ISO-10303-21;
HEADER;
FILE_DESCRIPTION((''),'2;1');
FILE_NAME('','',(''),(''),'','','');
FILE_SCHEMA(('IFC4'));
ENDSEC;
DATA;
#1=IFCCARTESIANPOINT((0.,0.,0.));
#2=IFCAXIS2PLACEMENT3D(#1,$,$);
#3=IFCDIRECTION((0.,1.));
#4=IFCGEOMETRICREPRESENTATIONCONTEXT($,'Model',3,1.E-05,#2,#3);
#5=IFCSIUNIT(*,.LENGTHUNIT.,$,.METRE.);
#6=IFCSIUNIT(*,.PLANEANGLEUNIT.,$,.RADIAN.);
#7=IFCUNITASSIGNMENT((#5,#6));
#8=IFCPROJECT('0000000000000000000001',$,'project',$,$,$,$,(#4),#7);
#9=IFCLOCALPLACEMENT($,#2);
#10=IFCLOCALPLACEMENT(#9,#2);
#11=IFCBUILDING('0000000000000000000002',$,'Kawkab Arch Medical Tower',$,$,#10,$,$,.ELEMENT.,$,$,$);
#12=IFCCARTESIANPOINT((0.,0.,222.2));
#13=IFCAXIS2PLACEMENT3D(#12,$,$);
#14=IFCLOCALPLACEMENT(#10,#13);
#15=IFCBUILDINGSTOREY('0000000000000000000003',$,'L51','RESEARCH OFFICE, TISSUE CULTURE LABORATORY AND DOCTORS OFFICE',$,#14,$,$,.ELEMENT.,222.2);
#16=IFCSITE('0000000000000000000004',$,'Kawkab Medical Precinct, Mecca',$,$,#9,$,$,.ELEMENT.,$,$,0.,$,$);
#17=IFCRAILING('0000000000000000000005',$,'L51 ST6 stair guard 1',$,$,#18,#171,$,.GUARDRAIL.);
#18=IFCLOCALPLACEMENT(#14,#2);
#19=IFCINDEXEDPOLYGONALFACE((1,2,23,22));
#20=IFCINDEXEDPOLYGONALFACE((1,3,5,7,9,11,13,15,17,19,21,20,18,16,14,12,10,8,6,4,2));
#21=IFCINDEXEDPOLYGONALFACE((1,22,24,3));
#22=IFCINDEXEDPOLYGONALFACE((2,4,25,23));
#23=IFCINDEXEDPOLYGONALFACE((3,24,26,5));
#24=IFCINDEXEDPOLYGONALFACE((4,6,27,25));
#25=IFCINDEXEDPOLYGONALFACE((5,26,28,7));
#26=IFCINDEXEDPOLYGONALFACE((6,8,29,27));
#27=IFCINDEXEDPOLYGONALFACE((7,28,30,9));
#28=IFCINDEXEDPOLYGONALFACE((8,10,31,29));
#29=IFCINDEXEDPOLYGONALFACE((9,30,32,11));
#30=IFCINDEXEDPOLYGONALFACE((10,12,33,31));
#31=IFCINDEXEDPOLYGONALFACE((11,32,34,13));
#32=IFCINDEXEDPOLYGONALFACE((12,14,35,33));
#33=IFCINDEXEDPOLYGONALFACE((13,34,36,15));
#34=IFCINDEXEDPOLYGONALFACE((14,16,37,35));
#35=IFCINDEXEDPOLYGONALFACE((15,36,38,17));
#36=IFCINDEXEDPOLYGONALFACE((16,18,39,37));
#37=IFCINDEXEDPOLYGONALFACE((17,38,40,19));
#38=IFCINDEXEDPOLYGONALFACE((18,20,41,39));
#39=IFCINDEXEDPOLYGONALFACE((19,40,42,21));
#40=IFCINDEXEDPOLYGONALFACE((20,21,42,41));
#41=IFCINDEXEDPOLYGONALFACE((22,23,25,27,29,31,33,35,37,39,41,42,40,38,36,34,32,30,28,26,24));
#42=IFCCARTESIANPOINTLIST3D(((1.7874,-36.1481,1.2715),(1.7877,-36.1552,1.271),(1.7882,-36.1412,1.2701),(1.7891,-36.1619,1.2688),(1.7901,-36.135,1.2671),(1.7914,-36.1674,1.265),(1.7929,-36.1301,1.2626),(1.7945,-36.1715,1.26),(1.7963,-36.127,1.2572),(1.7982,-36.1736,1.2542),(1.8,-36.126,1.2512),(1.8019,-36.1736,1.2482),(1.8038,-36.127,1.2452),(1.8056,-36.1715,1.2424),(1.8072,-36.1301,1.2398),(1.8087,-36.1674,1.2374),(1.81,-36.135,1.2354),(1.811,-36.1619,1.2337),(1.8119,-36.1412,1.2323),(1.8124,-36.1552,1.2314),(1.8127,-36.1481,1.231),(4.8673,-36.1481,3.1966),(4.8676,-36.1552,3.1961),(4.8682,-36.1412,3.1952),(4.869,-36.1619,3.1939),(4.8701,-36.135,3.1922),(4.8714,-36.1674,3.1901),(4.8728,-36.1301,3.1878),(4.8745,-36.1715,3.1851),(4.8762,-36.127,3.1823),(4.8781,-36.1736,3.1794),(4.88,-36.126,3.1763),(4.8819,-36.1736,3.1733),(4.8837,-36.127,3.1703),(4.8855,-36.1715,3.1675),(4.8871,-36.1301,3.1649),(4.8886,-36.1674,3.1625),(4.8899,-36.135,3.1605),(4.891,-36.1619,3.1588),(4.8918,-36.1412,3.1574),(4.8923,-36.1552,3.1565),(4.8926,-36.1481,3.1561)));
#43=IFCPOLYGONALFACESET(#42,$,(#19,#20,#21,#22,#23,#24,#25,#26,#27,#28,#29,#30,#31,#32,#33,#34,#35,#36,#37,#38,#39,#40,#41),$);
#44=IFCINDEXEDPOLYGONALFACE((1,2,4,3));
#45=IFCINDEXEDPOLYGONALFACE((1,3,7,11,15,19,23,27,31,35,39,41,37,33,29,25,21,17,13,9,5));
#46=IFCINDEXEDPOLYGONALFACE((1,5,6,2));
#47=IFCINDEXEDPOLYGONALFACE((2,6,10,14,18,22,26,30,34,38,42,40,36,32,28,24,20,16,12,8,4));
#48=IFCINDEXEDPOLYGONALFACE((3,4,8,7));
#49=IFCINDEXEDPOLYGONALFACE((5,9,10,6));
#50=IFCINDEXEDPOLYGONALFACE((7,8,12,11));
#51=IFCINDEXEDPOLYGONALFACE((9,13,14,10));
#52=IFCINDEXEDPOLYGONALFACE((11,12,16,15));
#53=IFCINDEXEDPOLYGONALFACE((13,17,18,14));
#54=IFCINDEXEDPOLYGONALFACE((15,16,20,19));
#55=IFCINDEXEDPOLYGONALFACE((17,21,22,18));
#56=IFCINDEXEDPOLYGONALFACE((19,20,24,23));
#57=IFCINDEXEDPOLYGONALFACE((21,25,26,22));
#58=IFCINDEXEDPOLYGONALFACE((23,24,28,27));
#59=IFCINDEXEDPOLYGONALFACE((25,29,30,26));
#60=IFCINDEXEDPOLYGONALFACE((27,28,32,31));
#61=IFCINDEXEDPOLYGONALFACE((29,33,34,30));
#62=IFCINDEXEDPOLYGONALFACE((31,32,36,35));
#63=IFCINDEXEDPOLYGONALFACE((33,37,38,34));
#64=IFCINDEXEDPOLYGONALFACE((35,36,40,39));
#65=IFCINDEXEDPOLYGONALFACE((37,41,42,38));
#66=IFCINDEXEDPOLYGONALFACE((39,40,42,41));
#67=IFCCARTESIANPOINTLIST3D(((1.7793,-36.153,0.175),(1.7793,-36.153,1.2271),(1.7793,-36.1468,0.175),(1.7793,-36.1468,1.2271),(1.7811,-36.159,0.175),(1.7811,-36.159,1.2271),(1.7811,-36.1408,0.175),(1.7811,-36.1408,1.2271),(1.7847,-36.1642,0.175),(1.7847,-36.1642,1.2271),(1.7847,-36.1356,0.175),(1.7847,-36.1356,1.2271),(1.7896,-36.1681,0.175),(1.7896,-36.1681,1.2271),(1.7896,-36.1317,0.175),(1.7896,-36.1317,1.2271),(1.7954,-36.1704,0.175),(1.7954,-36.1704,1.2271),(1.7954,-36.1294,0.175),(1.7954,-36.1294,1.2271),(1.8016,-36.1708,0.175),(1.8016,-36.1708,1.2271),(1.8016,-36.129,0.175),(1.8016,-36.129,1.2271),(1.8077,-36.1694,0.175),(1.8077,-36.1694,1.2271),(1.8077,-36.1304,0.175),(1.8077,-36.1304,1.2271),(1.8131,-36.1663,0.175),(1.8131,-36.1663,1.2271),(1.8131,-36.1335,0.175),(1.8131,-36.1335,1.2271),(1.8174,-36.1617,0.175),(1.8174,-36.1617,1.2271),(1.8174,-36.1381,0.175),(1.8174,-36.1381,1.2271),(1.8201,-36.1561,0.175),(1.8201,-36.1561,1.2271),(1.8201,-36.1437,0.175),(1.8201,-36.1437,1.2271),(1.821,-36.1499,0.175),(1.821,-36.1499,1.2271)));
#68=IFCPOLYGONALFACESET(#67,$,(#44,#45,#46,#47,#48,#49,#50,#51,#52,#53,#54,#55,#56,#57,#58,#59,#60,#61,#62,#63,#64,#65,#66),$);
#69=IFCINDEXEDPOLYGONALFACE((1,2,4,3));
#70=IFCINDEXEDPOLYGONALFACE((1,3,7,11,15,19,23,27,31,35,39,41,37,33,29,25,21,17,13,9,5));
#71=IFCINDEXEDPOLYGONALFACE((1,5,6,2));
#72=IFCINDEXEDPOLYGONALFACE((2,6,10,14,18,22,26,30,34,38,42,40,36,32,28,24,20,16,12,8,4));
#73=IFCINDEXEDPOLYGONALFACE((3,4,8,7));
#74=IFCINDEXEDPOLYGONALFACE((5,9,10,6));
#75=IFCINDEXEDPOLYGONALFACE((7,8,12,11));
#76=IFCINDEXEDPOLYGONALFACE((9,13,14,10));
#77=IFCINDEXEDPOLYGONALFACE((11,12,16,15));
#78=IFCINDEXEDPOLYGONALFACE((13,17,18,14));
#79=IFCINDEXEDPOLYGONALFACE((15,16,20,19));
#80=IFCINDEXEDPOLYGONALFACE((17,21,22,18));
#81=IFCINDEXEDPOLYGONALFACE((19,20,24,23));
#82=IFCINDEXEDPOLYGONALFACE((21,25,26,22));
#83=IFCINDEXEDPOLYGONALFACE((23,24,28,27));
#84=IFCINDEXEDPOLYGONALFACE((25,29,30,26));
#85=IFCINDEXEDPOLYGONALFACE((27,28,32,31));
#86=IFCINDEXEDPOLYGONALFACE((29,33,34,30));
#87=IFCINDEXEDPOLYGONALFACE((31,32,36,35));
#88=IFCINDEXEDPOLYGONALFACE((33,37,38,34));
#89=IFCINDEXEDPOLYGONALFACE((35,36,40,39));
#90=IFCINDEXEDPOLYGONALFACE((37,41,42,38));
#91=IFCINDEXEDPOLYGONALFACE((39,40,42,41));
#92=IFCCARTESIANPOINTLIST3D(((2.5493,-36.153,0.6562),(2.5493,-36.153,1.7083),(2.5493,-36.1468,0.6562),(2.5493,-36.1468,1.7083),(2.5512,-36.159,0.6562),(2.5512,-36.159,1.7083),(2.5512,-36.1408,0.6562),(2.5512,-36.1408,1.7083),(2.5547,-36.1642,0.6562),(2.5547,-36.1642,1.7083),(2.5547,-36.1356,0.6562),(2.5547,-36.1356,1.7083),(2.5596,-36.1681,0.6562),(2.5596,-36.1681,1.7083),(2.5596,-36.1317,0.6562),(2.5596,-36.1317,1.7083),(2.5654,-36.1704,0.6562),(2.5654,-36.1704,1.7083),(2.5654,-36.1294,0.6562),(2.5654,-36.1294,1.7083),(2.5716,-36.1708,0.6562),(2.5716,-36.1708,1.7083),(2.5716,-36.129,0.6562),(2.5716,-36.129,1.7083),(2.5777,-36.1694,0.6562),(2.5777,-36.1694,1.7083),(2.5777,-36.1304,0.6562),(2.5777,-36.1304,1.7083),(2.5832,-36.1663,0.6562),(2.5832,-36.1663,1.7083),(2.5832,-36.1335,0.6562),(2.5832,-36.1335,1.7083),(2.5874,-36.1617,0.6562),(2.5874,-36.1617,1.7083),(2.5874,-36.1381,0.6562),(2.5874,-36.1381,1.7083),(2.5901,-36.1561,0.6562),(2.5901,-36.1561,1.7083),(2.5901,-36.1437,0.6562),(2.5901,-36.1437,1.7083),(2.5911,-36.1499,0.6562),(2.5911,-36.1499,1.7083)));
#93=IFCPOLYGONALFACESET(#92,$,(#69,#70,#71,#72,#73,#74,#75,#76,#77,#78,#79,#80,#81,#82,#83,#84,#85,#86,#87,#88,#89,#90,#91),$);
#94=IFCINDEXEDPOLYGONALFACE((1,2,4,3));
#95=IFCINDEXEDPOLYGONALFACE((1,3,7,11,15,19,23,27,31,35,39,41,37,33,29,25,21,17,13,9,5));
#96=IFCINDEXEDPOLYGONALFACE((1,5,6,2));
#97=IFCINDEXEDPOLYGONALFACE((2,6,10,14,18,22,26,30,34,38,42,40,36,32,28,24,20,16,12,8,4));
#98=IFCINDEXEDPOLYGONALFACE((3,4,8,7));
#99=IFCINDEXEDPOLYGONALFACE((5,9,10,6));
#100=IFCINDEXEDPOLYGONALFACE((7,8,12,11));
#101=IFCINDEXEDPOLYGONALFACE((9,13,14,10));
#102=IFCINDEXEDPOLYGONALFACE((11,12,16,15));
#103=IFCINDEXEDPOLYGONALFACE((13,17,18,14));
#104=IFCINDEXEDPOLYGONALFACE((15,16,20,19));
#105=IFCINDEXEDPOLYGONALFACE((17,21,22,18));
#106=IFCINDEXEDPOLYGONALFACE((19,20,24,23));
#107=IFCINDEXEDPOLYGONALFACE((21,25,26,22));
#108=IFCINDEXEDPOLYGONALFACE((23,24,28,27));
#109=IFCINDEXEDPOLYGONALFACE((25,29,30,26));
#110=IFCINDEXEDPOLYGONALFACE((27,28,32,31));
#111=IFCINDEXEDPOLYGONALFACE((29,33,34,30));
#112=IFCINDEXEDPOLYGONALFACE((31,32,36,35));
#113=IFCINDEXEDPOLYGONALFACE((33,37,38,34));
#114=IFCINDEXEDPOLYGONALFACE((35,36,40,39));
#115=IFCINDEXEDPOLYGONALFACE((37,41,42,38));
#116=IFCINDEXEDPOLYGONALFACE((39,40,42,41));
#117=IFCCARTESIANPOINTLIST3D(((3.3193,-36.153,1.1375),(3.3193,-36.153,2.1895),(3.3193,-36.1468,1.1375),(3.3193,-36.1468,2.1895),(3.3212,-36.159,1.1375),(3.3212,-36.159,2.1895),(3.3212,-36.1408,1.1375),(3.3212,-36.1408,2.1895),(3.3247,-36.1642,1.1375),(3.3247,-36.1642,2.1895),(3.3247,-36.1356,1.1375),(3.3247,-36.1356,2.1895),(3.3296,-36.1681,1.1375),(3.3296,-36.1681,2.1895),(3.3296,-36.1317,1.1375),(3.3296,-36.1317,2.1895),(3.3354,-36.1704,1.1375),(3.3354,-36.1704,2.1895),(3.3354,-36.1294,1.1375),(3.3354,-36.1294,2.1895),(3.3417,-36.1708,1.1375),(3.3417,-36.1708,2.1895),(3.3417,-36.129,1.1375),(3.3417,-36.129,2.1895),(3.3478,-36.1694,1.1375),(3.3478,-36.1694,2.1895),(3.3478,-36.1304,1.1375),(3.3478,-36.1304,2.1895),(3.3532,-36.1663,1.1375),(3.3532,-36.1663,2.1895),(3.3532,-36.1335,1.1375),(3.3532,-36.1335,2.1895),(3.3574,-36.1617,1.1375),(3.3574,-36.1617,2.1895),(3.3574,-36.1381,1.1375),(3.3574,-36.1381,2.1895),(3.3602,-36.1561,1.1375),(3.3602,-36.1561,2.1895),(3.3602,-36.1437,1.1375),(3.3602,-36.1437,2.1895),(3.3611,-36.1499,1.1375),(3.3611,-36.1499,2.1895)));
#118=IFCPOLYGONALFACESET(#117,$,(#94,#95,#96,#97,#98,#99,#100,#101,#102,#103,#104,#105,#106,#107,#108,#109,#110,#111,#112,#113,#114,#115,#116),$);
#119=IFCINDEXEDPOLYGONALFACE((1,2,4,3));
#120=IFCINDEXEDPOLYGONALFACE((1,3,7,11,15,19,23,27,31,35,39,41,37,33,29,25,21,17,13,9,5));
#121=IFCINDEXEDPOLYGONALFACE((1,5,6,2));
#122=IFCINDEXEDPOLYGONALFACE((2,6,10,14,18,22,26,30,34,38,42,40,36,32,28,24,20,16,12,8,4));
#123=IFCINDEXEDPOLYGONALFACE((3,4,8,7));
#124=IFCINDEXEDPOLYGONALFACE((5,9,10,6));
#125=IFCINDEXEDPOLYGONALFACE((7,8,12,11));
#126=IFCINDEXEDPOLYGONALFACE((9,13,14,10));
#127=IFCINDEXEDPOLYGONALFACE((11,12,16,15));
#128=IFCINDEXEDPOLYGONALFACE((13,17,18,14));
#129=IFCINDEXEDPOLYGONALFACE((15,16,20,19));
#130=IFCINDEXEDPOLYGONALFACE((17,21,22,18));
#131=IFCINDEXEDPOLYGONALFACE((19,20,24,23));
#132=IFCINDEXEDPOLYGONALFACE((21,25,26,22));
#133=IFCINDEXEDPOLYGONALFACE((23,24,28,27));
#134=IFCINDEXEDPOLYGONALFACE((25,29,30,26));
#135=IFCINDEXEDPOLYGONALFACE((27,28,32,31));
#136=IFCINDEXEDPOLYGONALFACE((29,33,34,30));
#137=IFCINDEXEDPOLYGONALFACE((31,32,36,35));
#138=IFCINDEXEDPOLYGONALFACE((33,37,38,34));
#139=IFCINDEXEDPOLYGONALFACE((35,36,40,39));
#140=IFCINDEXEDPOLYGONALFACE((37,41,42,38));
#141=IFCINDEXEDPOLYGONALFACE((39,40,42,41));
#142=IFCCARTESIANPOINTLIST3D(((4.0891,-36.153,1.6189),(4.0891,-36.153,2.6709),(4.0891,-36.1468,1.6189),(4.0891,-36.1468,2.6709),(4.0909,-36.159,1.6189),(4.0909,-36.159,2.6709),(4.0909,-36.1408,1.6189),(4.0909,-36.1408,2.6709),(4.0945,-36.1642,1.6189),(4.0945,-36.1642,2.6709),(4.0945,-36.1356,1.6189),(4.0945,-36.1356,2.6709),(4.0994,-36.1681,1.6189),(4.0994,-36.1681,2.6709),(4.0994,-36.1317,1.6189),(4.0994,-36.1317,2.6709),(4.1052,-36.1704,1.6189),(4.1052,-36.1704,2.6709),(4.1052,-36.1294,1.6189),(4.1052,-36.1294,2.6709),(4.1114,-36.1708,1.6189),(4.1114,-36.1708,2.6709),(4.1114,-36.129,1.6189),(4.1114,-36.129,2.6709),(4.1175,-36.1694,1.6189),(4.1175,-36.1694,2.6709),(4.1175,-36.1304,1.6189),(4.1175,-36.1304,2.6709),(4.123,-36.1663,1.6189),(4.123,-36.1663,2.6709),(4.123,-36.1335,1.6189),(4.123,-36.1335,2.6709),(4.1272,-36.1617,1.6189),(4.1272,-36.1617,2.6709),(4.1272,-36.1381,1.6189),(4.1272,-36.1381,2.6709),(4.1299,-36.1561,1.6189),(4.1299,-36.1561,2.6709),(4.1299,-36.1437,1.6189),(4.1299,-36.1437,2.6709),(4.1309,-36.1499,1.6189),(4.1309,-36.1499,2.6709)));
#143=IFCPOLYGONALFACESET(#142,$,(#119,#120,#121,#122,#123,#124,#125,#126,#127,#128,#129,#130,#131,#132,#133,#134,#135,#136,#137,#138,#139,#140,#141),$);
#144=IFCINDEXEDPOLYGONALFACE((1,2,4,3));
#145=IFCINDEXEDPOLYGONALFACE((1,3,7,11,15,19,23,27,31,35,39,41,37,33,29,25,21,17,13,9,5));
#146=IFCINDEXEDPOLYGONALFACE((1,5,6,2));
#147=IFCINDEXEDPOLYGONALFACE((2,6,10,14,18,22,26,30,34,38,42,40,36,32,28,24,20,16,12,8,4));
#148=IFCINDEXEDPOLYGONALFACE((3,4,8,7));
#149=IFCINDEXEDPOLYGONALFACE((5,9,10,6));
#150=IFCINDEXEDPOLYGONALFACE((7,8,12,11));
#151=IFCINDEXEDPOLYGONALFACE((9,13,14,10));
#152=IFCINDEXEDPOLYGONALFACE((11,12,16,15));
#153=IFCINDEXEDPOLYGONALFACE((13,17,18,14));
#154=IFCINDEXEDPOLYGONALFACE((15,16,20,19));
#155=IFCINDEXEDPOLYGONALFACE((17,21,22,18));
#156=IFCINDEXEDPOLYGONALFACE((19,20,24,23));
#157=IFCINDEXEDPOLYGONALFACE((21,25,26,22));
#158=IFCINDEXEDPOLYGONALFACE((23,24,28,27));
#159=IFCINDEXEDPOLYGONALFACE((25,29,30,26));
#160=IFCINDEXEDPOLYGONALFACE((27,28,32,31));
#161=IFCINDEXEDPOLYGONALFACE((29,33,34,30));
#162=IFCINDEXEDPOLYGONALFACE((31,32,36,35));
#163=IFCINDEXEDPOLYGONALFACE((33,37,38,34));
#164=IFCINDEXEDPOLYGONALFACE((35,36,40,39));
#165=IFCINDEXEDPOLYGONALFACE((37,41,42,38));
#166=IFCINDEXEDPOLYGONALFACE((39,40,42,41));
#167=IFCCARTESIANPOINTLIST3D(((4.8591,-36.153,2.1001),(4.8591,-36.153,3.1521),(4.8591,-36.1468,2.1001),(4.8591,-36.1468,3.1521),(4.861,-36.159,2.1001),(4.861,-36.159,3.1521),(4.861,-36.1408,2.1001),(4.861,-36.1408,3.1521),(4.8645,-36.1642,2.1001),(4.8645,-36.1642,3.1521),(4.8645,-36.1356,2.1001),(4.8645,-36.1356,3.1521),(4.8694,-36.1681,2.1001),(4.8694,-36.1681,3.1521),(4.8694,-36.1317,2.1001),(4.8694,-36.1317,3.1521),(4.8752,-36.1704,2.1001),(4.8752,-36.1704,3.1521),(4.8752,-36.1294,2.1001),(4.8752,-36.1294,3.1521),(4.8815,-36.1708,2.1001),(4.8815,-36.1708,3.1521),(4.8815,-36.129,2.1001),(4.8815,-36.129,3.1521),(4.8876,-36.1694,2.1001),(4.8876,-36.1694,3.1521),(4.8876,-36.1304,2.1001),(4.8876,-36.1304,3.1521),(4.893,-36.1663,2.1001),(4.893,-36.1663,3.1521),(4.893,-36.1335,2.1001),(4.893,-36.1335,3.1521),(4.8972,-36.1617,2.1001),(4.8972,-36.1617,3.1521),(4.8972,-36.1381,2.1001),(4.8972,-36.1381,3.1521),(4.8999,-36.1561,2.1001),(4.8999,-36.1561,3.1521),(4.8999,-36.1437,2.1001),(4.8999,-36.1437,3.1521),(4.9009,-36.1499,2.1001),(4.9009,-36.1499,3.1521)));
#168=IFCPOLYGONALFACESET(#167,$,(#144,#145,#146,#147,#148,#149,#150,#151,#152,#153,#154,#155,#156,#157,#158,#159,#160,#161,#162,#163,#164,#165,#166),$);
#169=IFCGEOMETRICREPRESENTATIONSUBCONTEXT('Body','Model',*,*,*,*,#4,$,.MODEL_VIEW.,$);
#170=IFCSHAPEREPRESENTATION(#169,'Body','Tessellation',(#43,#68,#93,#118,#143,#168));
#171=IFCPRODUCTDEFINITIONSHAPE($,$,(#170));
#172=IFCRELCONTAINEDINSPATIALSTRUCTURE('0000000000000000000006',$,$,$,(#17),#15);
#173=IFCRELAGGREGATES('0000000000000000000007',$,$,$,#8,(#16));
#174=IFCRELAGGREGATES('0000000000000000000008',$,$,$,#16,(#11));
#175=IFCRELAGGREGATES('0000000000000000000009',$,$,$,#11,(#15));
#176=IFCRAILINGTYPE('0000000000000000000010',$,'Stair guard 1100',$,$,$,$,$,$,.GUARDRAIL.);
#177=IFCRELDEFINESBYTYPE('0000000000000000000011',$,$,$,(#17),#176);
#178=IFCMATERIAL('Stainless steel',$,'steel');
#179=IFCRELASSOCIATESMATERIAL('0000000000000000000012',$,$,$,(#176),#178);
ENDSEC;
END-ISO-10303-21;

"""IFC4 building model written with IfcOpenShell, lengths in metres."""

from ifc_helpers import new_model, si_unit, direction, frame, origin, origin_2d, place, context, subcontext, project, spatial, circle, extrude, material, type_object, element, save


model = new_model("IFC4")

# Units and contexts
model_context = context("Model", 3, precision=1e-05, world=origin(), true_north=direction((0.0, 1.0)))
body_context = subcontext(model_context, "Body", "Model", "MODEL_VIEW")
ifc_project = project(units=[si_unit("LENGTHUNIT", "METRE"), si_unit("PLANEANGLEUNIT", "RADIAN")], contexts=[model_context])

# Site, building, storey
site_placement = place(None, origin())
site = spatial("IfcSite", under=ifc_project, at=site_placement, Name="Kawkab Medical Precinct, Mecca", CompositionType="ELEMENT", RefElevation=0.0)
building_placement = place(site_placement, origin())
building = spatial("IfcBuilding", under=site, at=building_placement, Name="Kawkab Arch Medical Tower", CompositionType="ELEMENT")
storey_placement = place(building_placement, frame((0.0, 0.0, 222.2)))
storey = spatial("IfcBuildingStorey", under=building, at=storey_placement, Name="L51", Description="RESEARCH OFFICE, TISSUE CULTURE LABORATORY AND DOCTORS OFFICE", CompositionType="ELEMENT", Elevation=222.2)

# Railing
ifc_material_1 = material(Name="Stainless steel", Category="steel")
railing_type = type_object("IfcRailingType", Name="Stair guard 1100", PredefinedType="GUARDRAIL", material=ifc_material_1)
railing_1_placement = place(storey_placement, frame((1.8, -36.1499, 0.175)))
element("IfcRailing", 1, at=railing_1_placement, inside=storey, type_object=railing_type, Name="L51 ST6 stair guard 1", PredefinedType="GUARDRAIL", context=body_context, shape_type="SweptSolid", body=[
    extrude(circle(Radius=0.0239, at=origin_2d()), frame((0.0, 0.0, 1.0762), z_axis=(0.847979, 0.0, 0.530029), x_axis=(0.0, 1.0, 0.0)), (0.0, 0.0, 1.0), 3.6321),
    extrude(circle(Radius=0.021, at=origin_2d()), origin(), (0.0, 0.0, 1.0), 1.052),
    extrude(circle(Radius=0.021, at=origin_2d()), frame((0.77, 0.0, 0.4812)), (0.0, 0.0, 1.0), 1.052),
    extrude(circle(Radius=0.021, at=origin_2d()), frame((1.54, 0.0, 0.9624)), (0.0, 0.0, 1.0), 1.052),
    extrude(circle(Radius=0.021, at=origin_2d()), frame((2.3098, 0.0, 1.4438)), (0.0, 0.0, 1.0), 1.052),
    extrude(circle(Radius=0.021, at=origin_2d()), frame((3.0798, 0.0, 1.925)), (0.0, 0.0, 1.0), 1.052),
])

save(model, "model.ifc")
